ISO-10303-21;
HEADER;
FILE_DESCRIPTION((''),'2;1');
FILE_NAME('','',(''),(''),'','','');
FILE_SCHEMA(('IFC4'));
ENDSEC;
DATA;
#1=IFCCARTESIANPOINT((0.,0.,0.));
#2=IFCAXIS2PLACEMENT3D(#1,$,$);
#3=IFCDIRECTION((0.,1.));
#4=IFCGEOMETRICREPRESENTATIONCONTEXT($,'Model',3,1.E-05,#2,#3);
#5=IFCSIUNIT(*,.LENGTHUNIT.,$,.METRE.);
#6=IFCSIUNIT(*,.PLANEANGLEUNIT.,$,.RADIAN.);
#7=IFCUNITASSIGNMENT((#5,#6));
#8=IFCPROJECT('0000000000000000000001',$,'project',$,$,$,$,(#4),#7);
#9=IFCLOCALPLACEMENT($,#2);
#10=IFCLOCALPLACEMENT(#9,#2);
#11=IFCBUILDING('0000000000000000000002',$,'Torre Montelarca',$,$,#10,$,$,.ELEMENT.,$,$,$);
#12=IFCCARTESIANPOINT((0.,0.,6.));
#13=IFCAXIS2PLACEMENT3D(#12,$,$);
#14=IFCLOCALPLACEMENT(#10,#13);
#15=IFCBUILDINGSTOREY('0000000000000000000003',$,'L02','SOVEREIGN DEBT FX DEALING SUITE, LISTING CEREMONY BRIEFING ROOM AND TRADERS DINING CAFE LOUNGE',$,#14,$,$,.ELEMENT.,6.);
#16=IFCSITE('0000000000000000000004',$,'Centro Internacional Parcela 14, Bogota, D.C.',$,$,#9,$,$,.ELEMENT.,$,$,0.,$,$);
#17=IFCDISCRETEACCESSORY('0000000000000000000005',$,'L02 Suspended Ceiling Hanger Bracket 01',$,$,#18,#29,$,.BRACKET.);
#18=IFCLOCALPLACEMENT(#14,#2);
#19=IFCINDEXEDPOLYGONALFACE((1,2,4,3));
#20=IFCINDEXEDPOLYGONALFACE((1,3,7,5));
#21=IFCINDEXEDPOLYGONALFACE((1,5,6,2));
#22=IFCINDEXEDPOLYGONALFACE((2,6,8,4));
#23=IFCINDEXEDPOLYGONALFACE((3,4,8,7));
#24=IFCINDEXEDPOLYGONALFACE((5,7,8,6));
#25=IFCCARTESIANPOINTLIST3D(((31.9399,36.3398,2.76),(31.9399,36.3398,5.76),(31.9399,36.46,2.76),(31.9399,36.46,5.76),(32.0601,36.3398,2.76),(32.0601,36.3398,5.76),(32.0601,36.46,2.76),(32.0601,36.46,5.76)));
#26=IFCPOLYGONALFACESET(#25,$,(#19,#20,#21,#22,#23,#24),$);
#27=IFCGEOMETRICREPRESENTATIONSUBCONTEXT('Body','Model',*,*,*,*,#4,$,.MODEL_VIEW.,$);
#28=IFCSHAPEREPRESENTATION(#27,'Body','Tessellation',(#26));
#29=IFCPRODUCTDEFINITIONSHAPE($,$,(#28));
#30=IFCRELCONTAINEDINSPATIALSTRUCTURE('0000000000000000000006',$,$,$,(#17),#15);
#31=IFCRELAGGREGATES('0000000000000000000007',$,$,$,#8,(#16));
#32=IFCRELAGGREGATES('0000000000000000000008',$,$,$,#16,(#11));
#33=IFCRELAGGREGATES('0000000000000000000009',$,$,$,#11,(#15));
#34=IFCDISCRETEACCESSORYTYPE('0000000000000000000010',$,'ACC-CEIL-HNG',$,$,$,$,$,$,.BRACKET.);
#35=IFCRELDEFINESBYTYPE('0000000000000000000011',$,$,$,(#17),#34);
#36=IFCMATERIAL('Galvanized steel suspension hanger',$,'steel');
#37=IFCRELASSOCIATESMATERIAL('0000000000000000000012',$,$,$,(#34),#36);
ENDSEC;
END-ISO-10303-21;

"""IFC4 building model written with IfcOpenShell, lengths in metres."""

from ifc_helpers import new_model, si_unit, direction, frame, origin, origin_2d, place, context, subcontext, project, spatial, rectangle, extrude, source, transform, mapped, material, type_object, element, save


model = new_model("IFC4")

# Units and contexts
model_context = context("Model", 3, precision=1e-05, world=origin(), true_north=direction((0.0, 1.0)))
body_context = subcontext(model_context, "Body", "Model", "MODEL_VIEW")
ifc_project = project(units=[si_unit("LENGTHUNIT", "METRE"), si_unit("PLANEANGLEUNIT", "RADIAN")], contexts=[model_context])

# Site, building, storey
site_placement = place(None, origin())
site = spatial("IfcSite", under=ifc_project, at=site_placement, Name="Centro Internacional Parcela 14, Bogota, D.C.", CompositionType="ELEMENT", RefElevation=0.0)
building_placement = place(site_placement, origin())
building = spatial("IfcBuilding", under=site, at=building_placement, Name="Torre Montelarca", CompositionType="ELEMENT")
storey_placement = place(building_placement, frame((0.0, 0.0, 6.0)))
storey = spatial("IfcBuildingStorey", under=building, at=storey_placement, Name="L02", Description="SOVEREIGN DEBT FX DEALING SUITE, LISTING CEREMONY BRIEFING ROOM AND TRADERS DINING CAFE LOUNGE", CompositionType="ELEMENT", Elevation=6.0)

# Discrete accessory
ifc_material_1 = material(Name="Galvanized steel suspension hanger", Category="steel")
discrete_accessory_type = type_object("IfcDiscreteAccessoryType", Name="ACC-CEIL-HNG", PredefinedType="BRACKET", material=ifc_material_1)
shared_shape_1 = source(origin(), body_context, "Body", "SweptSolid", [
    extrude(rectangle(XDim=0.1201, YDim=0.1201, at=origin_2d()), origin(), (0.0, 0.0, 1.0), 3.0),
])
discrete_accessory_placement = place(storey_placement, frame((32.0, 36.3999, 2.76), z_axis=(0.0, 0.0, 1.0), x_axis=(1.0, 0.0, 0.0)))
element("IfcDiscreteAccessory", 1, at=discrete_accessory_placement, inside=storey, type_object=discrete_accessory_type, Name="L02 Suspended Ceiling Hanger Bracket 01", PredefinedType="BRACKET", context=body_context, shape_type="MappedRepresentation", body=[
    mapped(shared_shape_1, transform((0.0, 0.0, 0.0), scale=1.0)),
])

save(model, "model.ifc")
